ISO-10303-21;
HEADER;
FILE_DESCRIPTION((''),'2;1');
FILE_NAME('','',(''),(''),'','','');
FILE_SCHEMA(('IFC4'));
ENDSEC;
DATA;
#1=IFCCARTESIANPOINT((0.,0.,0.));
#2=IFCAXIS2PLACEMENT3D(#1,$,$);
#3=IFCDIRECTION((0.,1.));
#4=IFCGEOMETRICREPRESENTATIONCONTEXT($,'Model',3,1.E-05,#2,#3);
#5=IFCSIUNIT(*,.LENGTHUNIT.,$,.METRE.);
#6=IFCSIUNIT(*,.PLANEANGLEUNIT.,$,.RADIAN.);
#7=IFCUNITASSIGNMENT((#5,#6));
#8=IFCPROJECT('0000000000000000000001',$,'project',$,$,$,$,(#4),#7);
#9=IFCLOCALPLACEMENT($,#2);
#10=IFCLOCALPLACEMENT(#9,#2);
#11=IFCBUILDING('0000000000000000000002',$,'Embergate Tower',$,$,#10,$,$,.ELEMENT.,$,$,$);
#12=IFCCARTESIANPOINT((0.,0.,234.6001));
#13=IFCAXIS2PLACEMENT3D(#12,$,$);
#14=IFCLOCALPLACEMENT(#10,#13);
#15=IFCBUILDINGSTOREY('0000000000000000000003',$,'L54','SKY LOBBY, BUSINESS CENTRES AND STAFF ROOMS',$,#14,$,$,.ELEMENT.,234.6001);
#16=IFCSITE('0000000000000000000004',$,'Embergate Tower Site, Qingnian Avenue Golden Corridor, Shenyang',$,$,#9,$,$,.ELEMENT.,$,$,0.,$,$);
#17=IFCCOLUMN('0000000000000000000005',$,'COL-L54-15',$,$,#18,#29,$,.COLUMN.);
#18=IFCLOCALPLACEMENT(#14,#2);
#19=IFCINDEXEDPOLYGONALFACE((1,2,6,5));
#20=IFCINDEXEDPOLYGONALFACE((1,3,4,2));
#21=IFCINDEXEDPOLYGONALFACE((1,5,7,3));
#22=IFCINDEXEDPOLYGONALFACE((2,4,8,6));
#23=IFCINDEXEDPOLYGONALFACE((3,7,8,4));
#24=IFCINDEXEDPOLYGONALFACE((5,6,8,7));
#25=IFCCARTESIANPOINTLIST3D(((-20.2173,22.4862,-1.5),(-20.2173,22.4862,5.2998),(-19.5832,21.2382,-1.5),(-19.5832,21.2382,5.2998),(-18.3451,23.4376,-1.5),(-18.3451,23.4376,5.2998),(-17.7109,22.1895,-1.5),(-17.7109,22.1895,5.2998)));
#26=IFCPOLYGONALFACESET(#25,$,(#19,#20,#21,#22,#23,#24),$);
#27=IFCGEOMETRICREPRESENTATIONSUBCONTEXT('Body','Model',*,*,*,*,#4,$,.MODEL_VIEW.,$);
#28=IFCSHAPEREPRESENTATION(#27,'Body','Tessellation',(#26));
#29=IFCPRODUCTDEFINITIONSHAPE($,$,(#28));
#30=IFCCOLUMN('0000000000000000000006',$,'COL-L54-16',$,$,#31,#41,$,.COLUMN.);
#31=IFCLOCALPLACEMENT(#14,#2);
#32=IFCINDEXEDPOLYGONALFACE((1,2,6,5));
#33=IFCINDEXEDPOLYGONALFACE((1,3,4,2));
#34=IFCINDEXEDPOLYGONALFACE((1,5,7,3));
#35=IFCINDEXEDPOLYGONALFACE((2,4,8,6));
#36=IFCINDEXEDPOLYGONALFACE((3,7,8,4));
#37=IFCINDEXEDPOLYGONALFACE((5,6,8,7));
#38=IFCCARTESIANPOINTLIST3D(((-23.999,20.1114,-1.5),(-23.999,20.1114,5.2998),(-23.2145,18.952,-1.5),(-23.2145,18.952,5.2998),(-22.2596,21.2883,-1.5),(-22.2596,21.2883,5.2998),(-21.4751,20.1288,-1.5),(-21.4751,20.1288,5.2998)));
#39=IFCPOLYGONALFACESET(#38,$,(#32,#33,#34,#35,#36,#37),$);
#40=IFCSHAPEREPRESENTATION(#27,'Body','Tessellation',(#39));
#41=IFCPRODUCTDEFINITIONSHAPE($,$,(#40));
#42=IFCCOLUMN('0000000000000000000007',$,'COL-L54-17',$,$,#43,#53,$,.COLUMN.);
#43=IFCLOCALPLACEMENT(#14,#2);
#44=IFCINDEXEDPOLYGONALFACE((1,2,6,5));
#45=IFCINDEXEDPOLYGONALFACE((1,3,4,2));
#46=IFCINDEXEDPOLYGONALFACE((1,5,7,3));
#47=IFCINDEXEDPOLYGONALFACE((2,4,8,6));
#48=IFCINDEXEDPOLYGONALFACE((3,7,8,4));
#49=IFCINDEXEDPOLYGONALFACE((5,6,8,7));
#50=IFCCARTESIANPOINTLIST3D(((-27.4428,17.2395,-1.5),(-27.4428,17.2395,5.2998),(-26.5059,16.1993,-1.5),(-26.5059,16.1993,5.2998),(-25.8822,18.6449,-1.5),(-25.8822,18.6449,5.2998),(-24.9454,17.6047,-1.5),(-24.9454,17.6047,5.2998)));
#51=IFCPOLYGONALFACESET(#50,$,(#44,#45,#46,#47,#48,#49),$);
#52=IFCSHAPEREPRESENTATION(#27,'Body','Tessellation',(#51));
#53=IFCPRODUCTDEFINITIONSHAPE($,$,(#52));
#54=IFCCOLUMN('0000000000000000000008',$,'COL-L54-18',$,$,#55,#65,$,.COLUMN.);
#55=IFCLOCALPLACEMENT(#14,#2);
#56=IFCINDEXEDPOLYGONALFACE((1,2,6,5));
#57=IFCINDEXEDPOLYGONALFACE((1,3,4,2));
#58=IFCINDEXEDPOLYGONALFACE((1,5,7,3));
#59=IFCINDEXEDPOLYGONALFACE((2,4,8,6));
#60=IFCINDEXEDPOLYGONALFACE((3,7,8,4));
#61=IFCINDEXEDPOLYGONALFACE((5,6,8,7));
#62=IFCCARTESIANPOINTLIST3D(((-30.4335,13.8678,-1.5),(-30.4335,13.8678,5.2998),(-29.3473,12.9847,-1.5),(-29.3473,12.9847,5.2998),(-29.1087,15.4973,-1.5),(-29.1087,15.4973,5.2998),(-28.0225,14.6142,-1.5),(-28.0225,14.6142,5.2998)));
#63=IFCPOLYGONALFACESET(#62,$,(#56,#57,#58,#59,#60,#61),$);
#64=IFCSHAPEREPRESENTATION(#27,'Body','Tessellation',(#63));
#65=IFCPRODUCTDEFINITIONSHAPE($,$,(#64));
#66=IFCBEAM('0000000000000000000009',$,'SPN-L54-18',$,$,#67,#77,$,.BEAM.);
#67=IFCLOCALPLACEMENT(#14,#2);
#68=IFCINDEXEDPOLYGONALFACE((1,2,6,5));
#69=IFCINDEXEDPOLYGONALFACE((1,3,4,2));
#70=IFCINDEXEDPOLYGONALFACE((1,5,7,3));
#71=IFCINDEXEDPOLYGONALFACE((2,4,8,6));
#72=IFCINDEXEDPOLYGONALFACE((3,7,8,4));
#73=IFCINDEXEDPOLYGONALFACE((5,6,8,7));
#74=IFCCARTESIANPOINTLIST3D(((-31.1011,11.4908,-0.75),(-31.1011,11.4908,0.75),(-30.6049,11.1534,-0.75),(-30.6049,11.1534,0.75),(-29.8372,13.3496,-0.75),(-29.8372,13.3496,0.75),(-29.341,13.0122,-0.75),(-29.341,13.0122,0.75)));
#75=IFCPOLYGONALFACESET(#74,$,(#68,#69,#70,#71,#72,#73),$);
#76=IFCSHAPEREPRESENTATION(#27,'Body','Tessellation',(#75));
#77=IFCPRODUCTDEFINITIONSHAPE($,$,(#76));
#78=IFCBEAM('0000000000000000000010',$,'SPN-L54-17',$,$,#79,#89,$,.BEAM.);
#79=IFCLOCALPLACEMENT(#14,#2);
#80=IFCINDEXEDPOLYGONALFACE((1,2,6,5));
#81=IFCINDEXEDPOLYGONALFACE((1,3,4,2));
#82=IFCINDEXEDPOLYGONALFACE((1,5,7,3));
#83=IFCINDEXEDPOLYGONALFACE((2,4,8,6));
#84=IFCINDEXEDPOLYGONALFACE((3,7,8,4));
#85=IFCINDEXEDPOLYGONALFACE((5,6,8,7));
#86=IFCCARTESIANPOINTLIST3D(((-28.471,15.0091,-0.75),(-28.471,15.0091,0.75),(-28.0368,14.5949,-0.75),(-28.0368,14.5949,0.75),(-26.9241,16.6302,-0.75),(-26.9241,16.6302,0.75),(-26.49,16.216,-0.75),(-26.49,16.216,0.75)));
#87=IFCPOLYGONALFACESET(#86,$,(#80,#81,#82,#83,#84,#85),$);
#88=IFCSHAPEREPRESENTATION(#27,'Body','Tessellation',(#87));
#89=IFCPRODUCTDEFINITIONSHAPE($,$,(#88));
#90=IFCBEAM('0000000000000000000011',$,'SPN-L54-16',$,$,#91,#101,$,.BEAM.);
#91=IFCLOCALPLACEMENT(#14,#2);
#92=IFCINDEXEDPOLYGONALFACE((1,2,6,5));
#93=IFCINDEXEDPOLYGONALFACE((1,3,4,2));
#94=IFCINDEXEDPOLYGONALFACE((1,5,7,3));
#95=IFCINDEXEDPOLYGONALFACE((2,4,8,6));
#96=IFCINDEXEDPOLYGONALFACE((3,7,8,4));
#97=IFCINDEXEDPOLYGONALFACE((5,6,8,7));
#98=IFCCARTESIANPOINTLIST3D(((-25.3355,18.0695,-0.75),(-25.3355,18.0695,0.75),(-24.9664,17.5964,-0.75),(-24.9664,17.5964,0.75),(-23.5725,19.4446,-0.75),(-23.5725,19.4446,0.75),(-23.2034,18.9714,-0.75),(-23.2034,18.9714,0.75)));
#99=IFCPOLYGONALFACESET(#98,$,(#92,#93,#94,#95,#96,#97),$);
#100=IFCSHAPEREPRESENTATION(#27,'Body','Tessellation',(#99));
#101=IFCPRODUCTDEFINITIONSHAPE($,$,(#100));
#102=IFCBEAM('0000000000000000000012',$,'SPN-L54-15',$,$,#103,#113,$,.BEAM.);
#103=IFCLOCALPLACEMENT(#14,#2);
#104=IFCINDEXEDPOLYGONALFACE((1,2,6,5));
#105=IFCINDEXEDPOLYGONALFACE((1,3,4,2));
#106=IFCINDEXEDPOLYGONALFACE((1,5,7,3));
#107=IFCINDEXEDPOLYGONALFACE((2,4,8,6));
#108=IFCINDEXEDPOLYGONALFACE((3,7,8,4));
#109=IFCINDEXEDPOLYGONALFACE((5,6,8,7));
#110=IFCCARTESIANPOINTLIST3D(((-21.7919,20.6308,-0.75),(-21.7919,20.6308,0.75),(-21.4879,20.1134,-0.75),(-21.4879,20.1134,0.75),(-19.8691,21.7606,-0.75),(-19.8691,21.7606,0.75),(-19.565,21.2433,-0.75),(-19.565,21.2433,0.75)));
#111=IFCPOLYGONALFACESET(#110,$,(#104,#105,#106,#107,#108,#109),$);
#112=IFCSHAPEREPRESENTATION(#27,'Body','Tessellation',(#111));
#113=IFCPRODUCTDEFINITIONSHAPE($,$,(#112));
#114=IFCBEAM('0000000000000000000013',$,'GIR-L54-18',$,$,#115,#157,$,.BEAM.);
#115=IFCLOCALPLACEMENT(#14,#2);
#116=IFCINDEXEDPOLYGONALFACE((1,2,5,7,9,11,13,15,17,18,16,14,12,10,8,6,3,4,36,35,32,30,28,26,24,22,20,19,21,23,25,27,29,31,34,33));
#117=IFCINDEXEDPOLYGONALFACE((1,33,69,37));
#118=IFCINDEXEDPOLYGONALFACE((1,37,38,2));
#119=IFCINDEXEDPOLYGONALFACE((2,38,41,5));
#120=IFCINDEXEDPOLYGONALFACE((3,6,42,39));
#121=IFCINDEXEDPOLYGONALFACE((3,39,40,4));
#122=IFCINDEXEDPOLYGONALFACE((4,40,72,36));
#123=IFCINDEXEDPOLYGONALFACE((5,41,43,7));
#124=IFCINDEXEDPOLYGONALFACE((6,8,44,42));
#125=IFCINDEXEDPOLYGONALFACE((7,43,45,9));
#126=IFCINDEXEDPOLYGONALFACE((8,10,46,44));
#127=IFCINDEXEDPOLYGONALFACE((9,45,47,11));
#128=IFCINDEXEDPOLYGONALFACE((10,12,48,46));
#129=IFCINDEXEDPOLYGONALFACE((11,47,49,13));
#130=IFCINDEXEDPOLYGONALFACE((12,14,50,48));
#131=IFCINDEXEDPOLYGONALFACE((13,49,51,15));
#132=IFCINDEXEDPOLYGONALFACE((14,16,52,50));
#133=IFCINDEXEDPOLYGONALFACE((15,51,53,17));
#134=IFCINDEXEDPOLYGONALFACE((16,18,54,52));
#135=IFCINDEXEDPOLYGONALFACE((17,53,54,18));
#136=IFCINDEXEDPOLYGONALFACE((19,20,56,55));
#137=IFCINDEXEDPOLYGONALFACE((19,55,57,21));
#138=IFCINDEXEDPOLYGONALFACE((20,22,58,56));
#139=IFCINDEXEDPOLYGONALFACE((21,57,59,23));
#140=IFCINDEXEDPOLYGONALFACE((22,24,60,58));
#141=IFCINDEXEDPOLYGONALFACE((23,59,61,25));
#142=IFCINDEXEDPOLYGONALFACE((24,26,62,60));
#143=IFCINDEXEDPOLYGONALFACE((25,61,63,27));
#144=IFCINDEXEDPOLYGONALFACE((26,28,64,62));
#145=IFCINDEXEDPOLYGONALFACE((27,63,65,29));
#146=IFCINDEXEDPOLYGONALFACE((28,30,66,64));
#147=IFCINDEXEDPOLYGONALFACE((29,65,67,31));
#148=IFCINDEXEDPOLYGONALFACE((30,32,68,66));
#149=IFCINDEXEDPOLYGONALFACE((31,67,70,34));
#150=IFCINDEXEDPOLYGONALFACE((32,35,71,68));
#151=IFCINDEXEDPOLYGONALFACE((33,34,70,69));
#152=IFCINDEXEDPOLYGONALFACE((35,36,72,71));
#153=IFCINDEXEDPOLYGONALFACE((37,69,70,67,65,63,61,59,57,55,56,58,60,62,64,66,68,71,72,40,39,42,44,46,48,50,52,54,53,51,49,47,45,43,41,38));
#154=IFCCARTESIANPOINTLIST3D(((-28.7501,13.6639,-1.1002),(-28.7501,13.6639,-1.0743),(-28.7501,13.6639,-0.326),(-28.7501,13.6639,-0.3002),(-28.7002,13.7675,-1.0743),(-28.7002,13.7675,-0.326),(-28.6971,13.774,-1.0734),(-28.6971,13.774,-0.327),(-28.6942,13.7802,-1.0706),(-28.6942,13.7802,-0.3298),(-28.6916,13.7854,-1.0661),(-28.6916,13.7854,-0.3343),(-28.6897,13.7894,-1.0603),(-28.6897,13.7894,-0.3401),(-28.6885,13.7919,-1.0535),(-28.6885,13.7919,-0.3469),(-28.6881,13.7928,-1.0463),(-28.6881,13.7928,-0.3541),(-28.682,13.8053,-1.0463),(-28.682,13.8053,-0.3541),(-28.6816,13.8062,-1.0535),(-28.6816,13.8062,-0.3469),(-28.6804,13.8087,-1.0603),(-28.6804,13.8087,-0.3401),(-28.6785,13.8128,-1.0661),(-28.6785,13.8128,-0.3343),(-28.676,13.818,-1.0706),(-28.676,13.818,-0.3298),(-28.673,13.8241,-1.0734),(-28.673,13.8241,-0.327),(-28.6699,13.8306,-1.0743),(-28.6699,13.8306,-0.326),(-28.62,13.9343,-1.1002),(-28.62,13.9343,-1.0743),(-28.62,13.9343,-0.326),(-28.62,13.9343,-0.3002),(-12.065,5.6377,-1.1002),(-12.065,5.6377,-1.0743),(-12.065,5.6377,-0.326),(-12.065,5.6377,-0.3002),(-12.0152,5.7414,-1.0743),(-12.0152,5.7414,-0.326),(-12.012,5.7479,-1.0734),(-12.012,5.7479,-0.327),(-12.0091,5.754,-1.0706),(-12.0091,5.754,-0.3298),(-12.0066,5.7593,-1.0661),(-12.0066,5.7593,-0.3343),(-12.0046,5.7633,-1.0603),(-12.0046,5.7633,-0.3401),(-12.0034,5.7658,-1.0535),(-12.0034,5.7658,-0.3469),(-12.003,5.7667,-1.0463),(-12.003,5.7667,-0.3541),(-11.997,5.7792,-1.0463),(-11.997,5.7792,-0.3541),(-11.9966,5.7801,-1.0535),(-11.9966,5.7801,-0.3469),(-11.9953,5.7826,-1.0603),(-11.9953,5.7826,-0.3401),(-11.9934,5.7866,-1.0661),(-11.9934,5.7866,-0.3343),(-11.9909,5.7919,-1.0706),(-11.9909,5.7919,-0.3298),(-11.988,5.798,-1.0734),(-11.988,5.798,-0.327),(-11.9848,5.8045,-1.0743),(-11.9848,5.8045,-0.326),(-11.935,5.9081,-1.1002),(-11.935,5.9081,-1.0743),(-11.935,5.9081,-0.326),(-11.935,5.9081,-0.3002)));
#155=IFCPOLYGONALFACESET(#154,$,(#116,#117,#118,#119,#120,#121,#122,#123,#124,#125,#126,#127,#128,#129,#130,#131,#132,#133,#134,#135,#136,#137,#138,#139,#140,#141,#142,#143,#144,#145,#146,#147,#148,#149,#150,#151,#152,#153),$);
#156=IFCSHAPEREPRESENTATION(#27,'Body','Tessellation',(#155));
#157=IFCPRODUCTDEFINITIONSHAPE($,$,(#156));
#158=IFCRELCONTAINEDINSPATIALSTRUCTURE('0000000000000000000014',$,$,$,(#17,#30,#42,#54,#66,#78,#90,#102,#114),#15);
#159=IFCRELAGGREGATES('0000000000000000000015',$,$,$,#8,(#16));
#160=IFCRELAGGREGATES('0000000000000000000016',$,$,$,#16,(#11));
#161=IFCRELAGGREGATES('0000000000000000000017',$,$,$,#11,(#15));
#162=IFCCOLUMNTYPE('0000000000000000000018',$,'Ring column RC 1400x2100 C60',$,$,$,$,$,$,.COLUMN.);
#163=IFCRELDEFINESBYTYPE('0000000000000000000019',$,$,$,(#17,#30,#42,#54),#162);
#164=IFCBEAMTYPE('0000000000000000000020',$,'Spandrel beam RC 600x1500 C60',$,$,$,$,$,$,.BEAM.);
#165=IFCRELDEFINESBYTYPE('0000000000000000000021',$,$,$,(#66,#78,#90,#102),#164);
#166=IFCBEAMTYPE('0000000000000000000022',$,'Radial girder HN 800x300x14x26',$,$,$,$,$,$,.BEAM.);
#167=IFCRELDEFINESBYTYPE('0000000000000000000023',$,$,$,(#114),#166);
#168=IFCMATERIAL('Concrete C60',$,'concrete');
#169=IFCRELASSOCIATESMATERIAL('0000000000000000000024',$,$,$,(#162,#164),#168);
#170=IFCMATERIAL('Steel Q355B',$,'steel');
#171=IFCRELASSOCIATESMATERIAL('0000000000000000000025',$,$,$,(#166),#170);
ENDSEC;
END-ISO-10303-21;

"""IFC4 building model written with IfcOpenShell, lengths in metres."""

from ifc_helpers import new_model, si_unit, direction, frame, origin, origin_2d, place, context, subcontext, project, spatial, rectangle, i_section, extrude, source, transform, mapped, material, material_profile, profile_set, type_object, element, save


model = new_model("IFC4")

# Units and contexts
model_context = context("Model", 3, precision=1e-05, world=origin(), true_north=direction((0.0, 1.0)))
body_context = subcontext(model_context, "Body", "Model", "MODEL_VIEW")
ifc_project = project(units=[si_unit("LENGTHUNIT", "METRE"), si_unit("PLANEANGLEUNIT", "RADIAN")], contexts=[model_context])

# Site, building, storey
site_placement = place(None, origin())
site = spatial("IfcSite", under=ifc_project, at=site_placement, Name="Embergate Tower Site, Qingnian Avenue Golden Corridor, Shenyang", CompositionType="ELEMENT", RefElevation=0.0)
building_placement = place(site_placement, origin())
building = spatial("IfcBuilding", under=site, at=building_placement, Name="Embergate Tower", CompositionType="ELEMENT")
storey_placement = place(building_placement, frame((0.0, 0.0, 234.6001)))
storey = spatial("IfcBuildingStorey", under=building, at=storey_placement, Name="L54", Description="SKY LOBBY, BUSINESS CENTRES AND STAFF ROOMS", CompositionType="ELEMENT", Elevation=234.6001)

# Columns
ifc_material_1 = material(Name="Concrete C60", Category="concrete")
ifc_material_profile_1 = material_profile(ifc_material_1, rectangle(XDim=1.3999, YDim=2.1001, at=origin_2d()), Name="RC 1400x2100")
ifc_profile_set_1 = profile_set([ifc_material_profile_1], Name="Concrete C60")
column_type = type_object("IfcColumnType", Name="Ring column RC 1400x2100 C60", PredefinedType="COLUMN", material=ifc_profile_set_1)
shared_shape_1 = source(origin(), body_context, "Body", "SweptSolid", [
    extrude(rectangle(XDim=1.3999, YDim=2.1001, at=origin_2d()), origin(), (0.0, 0.0, 1.0), 6.7998),
])
for number, where, z_axis, x_axis, name in (
    (1, (-18.9641, 22.3379, -1.5), (0.0, 0.0, 1.0), (-0.452995, 0.891513, 0.0), "COL-L54-15"),
    (2, (-22.7371, 20.1201, -1.5), (0.0, 0.0, 1.0), (-0.560379, 0.828236, 0.0), "COL-L54-16"),
    (3, (-26.1941, 17.4221, -1.5), (0.0, 0.0, 1.0), (-0.669208, 0.743075, 0.0), "COL-L54-17"),
    (4, (-29.228, 14.241, -1.5), (0.0, 0.0, 1.0), (-0.775914, 0.630838, 0.0), "COL-L54-18"),
):
    element("IfcColumn", number, at=place(storey_placement, frame(where, z_axis=z_axis, x_axis=x_axis)), inside=storey, type_object=column_type, Name=name, PredefinedType="COLUMN", context=body_context, shape_type="MappedRepresentation", body=[
        mapped(shared_shape_1, transform((0.0, 0.0, 0.0))),
    ])

# Beams
ifc_material_profile_2 = material_profile(ifc_material_1, rectangle(XDim=0.6001, YDim=1.5, at=origin_2d()), Name="RC 600x1500")
ifc_profile_set_2 = profile_set([ifc_material_profile_2], Name="Concrete C60")
beam_type_1 = type_object("IfcBeamType", Name="Spandrel beam RC 600x1500 C60", PredefinedType="BEAM", material=ifc_profile_set_2)
shared_shape_2 = source(origin(), body_context, "Body", "SweptSolid", [
    extrude(rectangle(XDim=0.6001, YDim=1.5, at=origin_2d()), origin(), (0.0, 0.0, 1.0), 2.2478),
])
beam_1_placement = place(storey_placement, frame((-29.5891, 13.1809, 0.0), z_axis=(-0.562271, -0.826953, 0.0), x_axis=(0.826953, -0.562271, 0.0)))
element("IfcBeam", 5, at=beam_1_placement, inside=storey, type_object=beam_type_1, Name="SPN-L54-18", PredefinedType="BEAM", context=body_context, shape_type="MappedRepresentation", body=[
    mapped(shared_shape_2, transform((0.0, 0.0, 0.0))),
])
shared_shape_3 = source(origin(), body_context, "Body", "SweptSolid", [
    extrude(rectangle(XDim=0.6001, YDim=1.5, at=origin_2d()), origin(), (0.0, 0.0, 1.0), 2.2407),
])
beam_2_placement = place(storey_placement, frame((-26.707, 16.4231, 0.0), z_axis=(-0.690351, -0.723474, 0.0), x_axis=(0.723474, -0.690351, 0.0)))
element("IfcBeam", 6, at=beam_2_placement, inside=storey, type_object=beam_type_1, Name="SPN-L54-17", PredefinedType="BEAM", context=body_context, shape_type="MappedRepresentation", body=[
    mapped(shared_shape_3, transform((0.0, 0.0, 0.0))),
])
shared_shape_4 = source(origin(), body_context, "Body", "SweptSolid", [
    extrude(rectangle(XDim=0.6001, YDim=1.5, at=origin_2d()), origin(), (0.0, 0.0, 1.0), 2.2358),
])
beam_3_placement = place(storey_placement, frame((-23.3879, 19.208, 0.0), z_axis=(-0.788522, -0.615006, 0.0), x_axis=(0.615006, -0.788522, 0.0)))
element("IfcBeam", 7, at=beam_3_placement, inside=storey, type_object=beam_type_1, Name="SPN-L54-16", PredefinedType="BEAM", context=body_context, shape_type="MappedRepresentation", body=[
    mapped(shared_shape_4, transform((0.0, 0.0, 0.0))),
])
shared_shape_5 = source(origin(), body_context, "Body", "SweptSolid", [
    extrude(rectangle(XDim=0.6001, YDim=1.5, at=origin_2d()), origin(), (0.0, 0.0, 1.0), 2.2302),
])
beam_4_placement = place(storey_placement, frame((-19.717, 21.502, 0.0), z_axis=(-0.862171, -0.506618, 0.0), x_axis=(0.506618, -0.862171, 0.0)))
element("IfcBeam", 8, at=beam_4_placement, inside=storey, type_object=beam_type_1, Name="SPN-L54-15", PredefinedType="BEAM", context=body_context, shape_type="MappedRepresentation", body=[
    mapped(shared_shape_5, transform((0.0, 0.0, 0.0))),
])
ifc_material_2 = material(Name="Steel Q355B", Category="steel")
ifc_material_profile_3 = material_profile(ifc_material_2, i_section(OverallWidth=0.3, OverallDepth=0.8, WebThickness=0.0139, FlangeThickness=0.0259, FilletRadius=0.0281, at=origin_2d()), Name="HN 800x300x14x26")
ifc_profile_set_3 = profile_set([ifc_material_profile_3], Name="Steel Q355 grade B")
beam_type_2 = type_object("IfcBeamType", Name="Radial girder HN 800x300x14x26", PredefinedType="BEAM", material=ifc_profile_set_3)
shared_shape_6 = source(origin(), body_context, "Body", "SweptSolid", [
    extrude(i_section(OverallWidth=0.3, OverallDepth=0.8, WebThickness=0.0139, FlangeThickness=0.0259, FilletRadius=0.0281, at=origin_2d()), origin(), (0.0, 0.0, 1.0), 18.5151),
])
beam_5_placement = place(storey_placement, frame((-28.6851, 13.7991, -0.7002), z_axis=(0.901158, -0.43349, 0.0), x_axis=(0.43349, 0.901158, 0.0)))
element("IfcBeam", 9, at=beam_5_placement, inside=storey, type_object=beam_type_2, Name="GIR-L54-18", PredefinedType="BEAM", context=body_context, shape_type="MappedRepresentation", body=[
    mapped(shared_shape_6, transform((0.0, 0.0, 0.0))),
])

save(model, "model.ifc")
